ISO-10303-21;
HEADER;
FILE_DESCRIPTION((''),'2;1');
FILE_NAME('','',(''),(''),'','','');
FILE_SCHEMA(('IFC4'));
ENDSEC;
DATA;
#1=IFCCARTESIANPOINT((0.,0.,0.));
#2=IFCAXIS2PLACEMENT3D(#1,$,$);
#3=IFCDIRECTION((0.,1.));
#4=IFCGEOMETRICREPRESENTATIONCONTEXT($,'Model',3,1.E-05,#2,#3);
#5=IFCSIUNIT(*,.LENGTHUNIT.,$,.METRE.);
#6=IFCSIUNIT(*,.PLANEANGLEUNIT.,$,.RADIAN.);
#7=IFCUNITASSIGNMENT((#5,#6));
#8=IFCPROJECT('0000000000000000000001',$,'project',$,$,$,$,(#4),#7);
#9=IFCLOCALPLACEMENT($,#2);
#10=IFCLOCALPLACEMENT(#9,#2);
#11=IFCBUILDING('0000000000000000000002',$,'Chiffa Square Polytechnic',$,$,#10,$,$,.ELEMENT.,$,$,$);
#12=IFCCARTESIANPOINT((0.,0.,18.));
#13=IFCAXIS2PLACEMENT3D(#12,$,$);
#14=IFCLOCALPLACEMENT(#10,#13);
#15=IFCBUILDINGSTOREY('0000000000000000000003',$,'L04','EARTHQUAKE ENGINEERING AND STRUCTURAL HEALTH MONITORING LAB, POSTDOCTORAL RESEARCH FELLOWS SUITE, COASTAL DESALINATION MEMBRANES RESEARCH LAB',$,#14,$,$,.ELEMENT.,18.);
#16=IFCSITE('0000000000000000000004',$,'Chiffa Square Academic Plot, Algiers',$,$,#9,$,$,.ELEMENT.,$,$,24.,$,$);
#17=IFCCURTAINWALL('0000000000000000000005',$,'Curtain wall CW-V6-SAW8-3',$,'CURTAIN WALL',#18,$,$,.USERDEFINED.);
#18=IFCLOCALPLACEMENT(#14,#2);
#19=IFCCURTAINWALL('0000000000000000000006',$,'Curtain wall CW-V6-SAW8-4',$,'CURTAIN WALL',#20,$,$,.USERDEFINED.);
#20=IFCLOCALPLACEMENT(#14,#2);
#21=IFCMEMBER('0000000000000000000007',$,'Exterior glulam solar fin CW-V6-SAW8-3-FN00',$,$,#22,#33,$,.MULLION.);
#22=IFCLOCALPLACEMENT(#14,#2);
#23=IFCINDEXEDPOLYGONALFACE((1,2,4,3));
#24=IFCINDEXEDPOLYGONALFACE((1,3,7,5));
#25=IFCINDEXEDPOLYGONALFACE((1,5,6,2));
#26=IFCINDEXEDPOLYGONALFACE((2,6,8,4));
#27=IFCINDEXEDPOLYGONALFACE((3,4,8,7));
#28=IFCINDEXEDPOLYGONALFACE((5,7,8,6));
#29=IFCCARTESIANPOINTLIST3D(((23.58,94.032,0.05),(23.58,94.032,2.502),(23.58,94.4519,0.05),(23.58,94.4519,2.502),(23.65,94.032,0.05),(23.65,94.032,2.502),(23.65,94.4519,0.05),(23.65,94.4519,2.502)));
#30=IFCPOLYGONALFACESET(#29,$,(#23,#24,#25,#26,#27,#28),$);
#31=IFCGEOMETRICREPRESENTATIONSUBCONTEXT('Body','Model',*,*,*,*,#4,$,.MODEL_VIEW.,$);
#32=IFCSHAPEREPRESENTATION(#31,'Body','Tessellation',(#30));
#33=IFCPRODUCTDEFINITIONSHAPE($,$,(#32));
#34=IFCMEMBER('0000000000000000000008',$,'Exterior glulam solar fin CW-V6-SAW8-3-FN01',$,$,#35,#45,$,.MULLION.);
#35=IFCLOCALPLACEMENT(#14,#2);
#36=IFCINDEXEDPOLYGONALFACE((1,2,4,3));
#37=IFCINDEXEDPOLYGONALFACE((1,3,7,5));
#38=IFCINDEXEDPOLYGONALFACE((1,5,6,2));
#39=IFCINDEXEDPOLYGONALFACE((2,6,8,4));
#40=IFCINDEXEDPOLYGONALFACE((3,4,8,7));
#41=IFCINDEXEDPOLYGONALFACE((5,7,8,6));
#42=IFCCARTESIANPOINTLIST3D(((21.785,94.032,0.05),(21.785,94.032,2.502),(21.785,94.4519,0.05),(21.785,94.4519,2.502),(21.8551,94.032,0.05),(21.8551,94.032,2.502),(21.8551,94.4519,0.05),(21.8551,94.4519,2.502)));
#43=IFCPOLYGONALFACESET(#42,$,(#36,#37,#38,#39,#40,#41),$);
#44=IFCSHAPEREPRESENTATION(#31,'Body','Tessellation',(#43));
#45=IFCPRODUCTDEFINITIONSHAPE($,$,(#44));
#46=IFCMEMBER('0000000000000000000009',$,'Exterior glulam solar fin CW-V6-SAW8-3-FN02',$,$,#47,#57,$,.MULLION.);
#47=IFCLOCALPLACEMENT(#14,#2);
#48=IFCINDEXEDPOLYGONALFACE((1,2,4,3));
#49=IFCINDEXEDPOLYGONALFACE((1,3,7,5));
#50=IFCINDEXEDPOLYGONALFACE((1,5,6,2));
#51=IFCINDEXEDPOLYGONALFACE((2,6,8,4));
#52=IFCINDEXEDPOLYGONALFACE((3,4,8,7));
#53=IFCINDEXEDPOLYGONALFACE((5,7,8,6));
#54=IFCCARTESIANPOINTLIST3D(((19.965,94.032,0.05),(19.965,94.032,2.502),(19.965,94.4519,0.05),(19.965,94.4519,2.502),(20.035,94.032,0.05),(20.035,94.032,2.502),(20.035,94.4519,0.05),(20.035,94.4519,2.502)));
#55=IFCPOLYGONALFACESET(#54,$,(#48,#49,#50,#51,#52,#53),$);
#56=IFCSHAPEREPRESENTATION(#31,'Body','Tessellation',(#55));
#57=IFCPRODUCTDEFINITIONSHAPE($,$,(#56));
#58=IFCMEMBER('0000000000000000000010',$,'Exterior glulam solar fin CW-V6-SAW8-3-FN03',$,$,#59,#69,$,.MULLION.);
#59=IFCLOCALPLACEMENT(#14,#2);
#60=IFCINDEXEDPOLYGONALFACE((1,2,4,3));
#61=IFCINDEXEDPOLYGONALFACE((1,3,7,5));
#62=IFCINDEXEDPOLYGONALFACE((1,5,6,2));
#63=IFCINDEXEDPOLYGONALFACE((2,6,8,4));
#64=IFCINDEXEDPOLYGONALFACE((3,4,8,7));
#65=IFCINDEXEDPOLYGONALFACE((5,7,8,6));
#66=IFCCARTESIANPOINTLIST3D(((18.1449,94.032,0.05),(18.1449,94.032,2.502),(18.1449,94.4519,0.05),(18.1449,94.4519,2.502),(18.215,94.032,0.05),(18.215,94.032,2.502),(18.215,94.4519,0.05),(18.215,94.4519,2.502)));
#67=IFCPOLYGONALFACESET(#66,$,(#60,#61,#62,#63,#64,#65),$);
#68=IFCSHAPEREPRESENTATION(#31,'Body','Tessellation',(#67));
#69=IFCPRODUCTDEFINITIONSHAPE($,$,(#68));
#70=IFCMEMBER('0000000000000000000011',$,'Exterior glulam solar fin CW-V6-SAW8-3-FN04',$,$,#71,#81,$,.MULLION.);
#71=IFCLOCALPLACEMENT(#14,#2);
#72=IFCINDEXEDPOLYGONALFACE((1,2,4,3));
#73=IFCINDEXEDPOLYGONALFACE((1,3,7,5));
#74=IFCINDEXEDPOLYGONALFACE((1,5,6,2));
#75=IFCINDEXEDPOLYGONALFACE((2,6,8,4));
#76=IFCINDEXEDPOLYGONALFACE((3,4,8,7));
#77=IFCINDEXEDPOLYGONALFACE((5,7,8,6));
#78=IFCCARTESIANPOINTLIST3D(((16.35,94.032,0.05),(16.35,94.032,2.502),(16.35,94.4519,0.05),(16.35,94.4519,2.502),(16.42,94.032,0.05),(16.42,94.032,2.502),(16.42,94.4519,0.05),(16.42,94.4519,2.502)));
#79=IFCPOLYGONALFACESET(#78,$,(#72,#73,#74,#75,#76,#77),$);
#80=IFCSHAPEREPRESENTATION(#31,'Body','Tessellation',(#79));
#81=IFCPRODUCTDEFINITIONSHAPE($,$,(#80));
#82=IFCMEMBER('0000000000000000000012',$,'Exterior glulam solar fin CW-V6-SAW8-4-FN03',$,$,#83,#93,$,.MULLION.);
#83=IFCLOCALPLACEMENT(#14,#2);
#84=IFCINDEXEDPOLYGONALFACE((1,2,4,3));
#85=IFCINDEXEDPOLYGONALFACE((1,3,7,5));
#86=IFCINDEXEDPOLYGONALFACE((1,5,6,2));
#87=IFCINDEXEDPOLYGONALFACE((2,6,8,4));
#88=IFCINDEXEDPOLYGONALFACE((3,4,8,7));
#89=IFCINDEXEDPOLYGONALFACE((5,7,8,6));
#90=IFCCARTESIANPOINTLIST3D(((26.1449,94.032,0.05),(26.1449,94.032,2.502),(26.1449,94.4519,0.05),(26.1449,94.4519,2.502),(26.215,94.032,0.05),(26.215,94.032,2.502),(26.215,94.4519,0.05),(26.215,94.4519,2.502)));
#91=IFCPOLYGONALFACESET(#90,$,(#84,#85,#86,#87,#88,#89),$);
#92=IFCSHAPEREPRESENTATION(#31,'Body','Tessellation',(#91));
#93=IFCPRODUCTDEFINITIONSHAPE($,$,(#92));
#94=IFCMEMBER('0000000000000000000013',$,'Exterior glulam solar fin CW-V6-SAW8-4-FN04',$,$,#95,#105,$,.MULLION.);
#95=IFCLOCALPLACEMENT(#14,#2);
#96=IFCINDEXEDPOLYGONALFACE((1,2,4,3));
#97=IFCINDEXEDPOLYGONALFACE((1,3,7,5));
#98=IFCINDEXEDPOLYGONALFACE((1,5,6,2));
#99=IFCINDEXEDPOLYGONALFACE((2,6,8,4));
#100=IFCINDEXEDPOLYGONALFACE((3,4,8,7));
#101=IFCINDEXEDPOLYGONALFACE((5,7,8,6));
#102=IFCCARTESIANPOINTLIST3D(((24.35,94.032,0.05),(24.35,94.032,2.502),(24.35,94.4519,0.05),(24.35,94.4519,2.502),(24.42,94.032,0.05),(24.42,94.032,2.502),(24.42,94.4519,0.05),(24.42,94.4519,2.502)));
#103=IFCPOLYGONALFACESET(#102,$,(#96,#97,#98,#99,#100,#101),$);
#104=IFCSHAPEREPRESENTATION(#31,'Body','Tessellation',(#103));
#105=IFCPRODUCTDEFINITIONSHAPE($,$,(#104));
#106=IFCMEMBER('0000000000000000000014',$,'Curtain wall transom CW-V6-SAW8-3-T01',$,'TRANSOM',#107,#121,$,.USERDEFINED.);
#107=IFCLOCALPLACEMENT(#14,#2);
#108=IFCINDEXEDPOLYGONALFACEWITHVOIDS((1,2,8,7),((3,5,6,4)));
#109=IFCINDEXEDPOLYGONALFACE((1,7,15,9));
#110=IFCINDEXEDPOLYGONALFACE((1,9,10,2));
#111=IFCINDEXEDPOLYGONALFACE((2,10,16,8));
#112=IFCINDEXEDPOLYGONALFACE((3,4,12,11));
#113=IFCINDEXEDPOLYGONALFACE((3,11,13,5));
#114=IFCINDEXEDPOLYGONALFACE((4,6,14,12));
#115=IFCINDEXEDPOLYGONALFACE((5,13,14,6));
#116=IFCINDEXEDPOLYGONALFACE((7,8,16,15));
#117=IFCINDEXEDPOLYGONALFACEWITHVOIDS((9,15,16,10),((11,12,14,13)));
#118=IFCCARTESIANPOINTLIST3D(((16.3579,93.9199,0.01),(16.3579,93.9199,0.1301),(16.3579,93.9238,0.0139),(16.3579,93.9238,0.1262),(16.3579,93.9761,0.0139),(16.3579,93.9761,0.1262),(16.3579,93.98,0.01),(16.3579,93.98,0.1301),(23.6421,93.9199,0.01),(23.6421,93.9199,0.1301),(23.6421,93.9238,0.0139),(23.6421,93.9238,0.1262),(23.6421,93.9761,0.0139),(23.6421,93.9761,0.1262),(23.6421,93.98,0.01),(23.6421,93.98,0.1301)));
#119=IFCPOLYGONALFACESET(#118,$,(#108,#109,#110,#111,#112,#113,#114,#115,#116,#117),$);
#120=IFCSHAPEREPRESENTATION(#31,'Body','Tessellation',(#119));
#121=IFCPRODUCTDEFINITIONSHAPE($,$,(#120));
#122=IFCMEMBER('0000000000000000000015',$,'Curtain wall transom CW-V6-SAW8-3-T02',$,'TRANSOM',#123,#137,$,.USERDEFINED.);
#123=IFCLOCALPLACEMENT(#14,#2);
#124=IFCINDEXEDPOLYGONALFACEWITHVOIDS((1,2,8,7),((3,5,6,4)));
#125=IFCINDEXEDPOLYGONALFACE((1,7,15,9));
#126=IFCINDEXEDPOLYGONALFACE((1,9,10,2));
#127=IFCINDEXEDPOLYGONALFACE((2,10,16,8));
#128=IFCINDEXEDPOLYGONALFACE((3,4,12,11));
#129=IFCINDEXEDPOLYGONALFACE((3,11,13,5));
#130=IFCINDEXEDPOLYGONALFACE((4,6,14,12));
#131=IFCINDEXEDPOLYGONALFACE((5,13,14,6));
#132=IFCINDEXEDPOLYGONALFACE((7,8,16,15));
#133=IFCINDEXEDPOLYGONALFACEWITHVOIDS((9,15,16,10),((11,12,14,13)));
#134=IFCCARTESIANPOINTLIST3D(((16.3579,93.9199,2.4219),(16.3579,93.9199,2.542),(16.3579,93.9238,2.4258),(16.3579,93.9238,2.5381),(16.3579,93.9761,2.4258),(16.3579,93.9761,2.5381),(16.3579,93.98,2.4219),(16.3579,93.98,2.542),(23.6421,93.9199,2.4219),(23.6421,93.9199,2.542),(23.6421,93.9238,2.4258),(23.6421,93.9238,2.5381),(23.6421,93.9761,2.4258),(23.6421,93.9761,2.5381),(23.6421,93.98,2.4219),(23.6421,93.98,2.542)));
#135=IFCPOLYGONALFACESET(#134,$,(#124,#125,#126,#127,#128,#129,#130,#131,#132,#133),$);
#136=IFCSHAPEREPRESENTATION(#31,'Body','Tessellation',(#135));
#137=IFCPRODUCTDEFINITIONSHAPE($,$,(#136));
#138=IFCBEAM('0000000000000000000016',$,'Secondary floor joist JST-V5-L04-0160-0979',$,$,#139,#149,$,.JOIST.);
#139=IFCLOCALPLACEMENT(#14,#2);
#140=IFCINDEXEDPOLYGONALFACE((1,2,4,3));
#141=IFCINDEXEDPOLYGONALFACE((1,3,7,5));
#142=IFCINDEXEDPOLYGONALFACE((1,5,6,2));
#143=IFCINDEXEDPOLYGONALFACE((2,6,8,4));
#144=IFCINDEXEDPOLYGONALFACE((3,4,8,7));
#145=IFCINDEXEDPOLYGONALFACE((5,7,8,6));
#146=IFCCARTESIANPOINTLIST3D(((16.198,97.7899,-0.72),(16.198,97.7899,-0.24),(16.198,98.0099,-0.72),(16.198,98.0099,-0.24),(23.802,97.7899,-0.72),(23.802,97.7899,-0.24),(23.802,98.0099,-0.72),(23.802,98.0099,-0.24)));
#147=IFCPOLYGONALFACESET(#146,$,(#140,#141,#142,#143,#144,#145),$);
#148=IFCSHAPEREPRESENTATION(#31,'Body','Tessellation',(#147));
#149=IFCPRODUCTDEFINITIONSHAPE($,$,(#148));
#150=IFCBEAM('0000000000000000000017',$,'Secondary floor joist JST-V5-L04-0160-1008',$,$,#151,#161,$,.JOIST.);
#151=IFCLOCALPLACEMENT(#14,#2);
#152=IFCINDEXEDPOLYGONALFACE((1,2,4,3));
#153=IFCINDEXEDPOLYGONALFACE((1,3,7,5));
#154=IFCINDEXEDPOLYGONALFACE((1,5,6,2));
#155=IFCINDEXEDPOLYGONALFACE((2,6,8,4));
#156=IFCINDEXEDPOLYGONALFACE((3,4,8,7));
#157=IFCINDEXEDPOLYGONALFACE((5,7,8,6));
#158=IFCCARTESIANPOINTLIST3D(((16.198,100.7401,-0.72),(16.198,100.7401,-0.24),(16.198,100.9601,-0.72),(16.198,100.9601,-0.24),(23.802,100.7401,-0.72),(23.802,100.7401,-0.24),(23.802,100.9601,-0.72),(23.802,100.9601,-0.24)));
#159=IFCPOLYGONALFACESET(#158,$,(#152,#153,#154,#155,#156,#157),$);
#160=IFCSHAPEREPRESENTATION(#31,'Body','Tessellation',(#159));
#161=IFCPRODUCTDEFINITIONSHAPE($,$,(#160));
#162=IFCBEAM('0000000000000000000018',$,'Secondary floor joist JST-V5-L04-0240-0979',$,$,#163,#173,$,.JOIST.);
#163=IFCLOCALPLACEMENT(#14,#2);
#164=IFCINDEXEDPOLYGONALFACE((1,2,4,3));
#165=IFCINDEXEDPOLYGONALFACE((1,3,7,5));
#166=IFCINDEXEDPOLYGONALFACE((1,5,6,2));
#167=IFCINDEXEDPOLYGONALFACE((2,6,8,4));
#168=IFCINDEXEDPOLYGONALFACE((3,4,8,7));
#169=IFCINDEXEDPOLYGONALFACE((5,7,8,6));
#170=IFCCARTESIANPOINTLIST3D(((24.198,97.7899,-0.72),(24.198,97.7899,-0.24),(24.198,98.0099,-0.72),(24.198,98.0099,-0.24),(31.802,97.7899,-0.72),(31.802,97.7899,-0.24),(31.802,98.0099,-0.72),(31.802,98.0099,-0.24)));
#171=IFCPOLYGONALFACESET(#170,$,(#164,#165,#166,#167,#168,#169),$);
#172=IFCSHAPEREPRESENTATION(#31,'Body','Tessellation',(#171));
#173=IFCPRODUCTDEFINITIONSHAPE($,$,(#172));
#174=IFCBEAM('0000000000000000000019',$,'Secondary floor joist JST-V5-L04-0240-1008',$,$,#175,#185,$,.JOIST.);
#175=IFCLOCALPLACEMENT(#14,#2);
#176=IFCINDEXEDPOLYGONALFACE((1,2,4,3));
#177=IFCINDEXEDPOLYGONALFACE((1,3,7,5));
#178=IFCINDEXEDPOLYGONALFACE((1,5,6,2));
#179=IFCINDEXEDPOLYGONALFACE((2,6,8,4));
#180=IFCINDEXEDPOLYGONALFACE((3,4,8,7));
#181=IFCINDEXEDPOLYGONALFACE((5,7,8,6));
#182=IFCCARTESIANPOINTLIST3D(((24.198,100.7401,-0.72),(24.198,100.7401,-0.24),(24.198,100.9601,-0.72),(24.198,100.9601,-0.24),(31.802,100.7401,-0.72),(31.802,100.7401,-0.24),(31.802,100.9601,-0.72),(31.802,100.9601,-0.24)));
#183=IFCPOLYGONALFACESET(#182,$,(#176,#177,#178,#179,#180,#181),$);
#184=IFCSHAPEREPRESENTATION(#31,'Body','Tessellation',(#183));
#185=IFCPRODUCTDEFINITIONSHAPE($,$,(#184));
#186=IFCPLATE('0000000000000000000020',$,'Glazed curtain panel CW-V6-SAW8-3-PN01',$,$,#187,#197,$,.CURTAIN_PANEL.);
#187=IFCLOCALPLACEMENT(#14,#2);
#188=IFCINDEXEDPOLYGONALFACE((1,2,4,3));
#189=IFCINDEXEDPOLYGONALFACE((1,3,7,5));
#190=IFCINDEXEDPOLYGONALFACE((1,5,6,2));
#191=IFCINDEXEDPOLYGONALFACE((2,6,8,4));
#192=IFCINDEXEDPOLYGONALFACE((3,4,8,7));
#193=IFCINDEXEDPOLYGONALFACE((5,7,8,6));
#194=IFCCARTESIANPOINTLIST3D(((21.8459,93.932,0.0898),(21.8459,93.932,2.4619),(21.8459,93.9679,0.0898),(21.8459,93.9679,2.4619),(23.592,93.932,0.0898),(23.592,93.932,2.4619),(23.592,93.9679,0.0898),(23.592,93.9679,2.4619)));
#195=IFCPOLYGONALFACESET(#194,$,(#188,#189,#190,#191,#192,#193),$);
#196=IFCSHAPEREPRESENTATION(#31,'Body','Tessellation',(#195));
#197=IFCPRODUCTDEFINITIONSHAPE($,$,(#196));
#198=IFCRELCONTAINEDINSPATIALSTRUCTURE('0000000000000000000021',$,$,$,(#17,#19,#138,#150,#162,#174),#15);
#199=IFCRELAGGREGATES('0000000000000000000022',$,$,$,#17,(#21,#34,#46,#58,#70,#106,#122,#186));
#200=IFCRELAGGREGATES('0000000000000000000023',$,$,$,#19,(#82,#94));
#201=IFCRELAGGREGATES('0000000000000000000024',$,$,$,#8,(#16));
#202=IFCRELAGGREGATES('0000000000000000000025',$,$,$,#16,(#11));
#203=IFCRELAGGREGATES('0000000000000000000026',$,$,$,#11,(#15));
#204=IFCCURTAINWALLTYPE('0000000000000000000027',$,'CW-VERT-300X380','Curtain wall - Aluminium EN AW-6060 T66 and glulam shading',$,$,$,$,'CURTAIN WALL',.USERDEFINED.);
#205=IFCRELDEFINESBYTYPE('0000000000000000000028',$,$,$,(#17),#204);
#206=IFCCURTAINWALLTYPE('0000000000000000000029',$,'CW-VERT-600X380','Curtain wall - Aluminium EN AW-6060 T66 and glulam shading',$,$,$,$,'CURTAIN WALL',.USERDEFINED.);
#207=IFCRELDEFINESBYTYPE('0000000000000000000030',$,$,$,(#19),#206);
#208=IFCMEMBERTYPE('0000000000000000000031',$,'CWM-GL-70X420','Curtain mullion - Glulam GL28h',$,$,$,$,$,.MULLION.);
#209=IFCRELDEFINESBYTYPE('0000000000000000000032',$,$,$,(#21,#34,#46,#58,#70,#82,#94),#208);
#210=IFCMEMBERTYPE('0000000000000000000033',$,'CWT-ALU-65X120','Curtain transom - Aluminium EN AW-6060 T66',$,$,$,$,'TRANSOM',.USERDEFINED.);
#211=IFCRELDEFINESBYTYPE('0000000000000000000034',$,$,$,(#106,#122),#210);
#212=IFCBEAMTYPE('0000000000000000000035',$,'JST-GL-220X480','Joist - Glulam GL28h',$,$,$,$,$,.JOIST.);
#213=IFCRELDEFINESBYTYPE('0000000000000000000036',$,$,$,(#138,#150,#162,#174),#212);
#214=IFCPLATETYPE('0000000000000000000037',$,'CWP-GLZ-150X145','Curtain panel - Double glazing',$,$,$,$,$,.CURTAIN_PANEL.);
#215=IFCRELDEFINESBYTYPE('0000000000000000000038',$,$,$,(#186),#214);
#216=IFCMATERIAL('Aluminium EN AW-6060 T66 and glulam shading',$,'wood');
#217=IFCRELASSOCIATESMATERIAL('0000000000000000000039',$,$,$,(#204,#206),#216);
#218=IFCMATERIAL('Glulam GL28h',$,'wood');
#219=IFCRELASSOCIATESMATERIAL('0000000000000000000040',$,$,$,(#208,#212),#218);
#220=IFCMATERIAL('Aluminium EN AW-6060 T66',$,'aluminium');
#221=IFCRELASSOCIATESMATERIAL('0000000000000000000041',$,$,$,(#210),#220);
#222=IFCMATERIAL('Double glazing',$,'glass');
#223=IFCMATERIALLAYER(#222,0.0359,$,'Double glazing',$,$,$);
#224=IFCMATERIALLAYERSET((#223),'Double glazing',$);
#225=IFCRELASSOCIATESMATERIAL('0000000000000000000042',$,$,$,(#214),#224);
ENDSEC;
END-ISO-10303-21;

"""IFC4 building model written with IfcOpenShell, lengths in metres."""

from ifc_helpers import new_model, si_unit, direction, frame, origin, origin_2d, place, context, subcontext, project, spatial, rectangle, hollow_rectangle, extrude, material, layer, layer_set, material_profile, profile_set, type_object, element, aggregate, save


model = new_model("IFC4")

# Units and contexts
model_context = context("Model", 3, precision=1e-05, world=origin(), true_north=direction((0.0, 1.0)))
body_context = subcontext(model_context, "Body", "Model", "MODEL_VIEW")
ifc_project = project(units=[si_unit("LENGTHUNIT", "METRE"), si_unit("PLANEANGLEUNIT", "RADIAN")], contexts=[model_context])

# Site, building, storey
site_placement = place(None, origin())
site = spatial("IfcSite", under=ifc_project, at=site_placement, Name="Chiffa Square Academic Plot, Algiers", CompositionType="ELEMENT", RefElevation=24.0)
building_placement = place(site_placement, origin())
building = spatial("IfcBuilding", under=site, at=building_placement, Name="Chiffa Square Polytechnic", CompositionType="ELEMENT")
storey_placement = place(building_placement, frame((0.0, 0.0, 18.0)))
storey = spatial("IfcBuildingStorey", under=building, at=storey_placement, Name="L04", Description="EARTHQUAKE ENGINEERING AND STRUCTURAL HEALTH MONITORING LAB, POSTDOCTORAL RESEARCH FELLOWS SUITE, COASTAL DESALINATION MEMBRANES RESEARCH LAB", CompositionType="ELEMENT", Elevation=18.0)

# Curtain walls
ifc_material_1 = material(Name="Aluminium EN AW-6060 T66 and glulam shading", Category="wood")
curtain_wall_type_1 = type_object("IfcCurtainWallType", Name="CW-VERT-300X380", Description="Curtain wall - Aluminium EN AW-6060 T66 and glulam shading", ElementType="CURTAIN WALL", PredefinedType="USERDEFINED", material=ifc_material_1)
curtain_wall_1_placement = place(storey_placement, origin())
curtain_wall_1 = element("IfcCurtainWall", 1, at=curtain_wall_1_placement, inside=storey, type_object=curtain_wall_type_1, Name="Curtain wall CW-V6-SAW8-3", ObjectType="CURTAIN WALL", PredefinedType="USERDEFINED")
ifc_material_2 = material(Name="Aluminium EN AW-6060 T66", Category="aluminium")
curtain_wall_type_2 = type_object("IfcCurtainWallType", Name="CW-VERT-600X380", Description="Curtain wall - Aluminium EN AW-6060 T66 and glulam shading", ElementType="CURTAIN WALL", PredefinedType="USERDEFINED", material=ifc_material_1)
curtain_wall_2_placement = place(storey_placement, origin())
curtain_wall_2 = element("IfcCurtainWall", 2, at=curtain_wall_2_placement, inside=storey, type_object=curtain_wall_type_2, Name="Curtain wall CW-V6-SAW8-4", ObjectType="CURTAIN WALL", PredefinedType="USERDEFINED")

# Members
ifc_material_3 = material(Name="Glulam GL28h", Category="wood")
ifc_material_profile_1 = material_profile(ifc_material_3, rectangle(XDim=0.0701, YDim=0.4199, at=origin_2d()), Name="GL28h 70x420")
ifc_profile_set_1 = profile_set([ifc_material_profile_1], Name="Glulam GL28h")
member_type_1 = type_object("IfcMemberType", Name="CWM-GL-70X420", Description="Curtain mullion - Glulam GL28h", PredefinedType="MULLION", material=ifc_profile_set_1)
member_1_placement = place(storey_placement, frame((23.615, 94.2419, 0.05), z_axis=(0.0, 0.0, 1.0), x_axis=(-1.0, 0.0, 0.0)))
member_1 = element("IfcMember", 3, at=member_1_placement, type_object=member_type_1, Name="Exterior glulam solar fin CW-V6-SAW8-3-FN00", PredefinedType="MULLION", context=body_context, shape_type="SweptSolid", body=[
    extrude(rectangle(XDim=0.0701, YDim=0.4199, at=origin_2d()), origin(), (0.0, 0.0, 1.0), 2.4519),
])
member_2_placement = place(storey_placement, frame((21.8201, 94.2419, 0.05), z_axis=(0.0, 0.0, 1.0), x_axis=(-1.0, 0.0, 0.0)))
member_2 = element("IfcMember", 4, at=member_2_placement, type_object=member_type_1, Name="Exterior glulam solar fin CW-V6-SAW8-3-FN01", PredefinedType="MULLION", context=body_context, shape_type="SweptSolid", body=[
    extrude(rectangle(XDim=0.0701, YDim=0.4199, at=origin_2d()), origin(), (0.0, 0.0, 1.0), 2.4519),
])
member_3_placement = place(storey_placement, frame((20.0, 94.2419, 0.05), z_axis=(0.0, 0.0, 1.0), x_axis=(-1.0, 0.0, 0.0)))
member_3 = element("IfcMember", 5, at=member_3_placement, type_object=member_type_1, Name="Exterior glulam solar fin CW-V6-SAW8-3-FN02", PredefinedType="MULLION", context=body_context, shape_type="SweptSolid", body=[
    extrude(rectangle(XDim=0.0701, YDim=0.4199, at=origin_2d()), origin(), (0.0, 0.0, 1.0), 2.4519),
])
member_4_placement = place(storey_placement, frame((18.1799, 94.2419, 0.05), z_axis=(0.0, 0.0, 1.0), x_axis=(-1.0, 0.0, 0.0)))
member_4 = element("IfcMember", 6, at=member_4_placement, type_object=member_type_1, Name="Exterior glulam solar fin CW-V6-SAW8-3-FN03", PredefinedType="MULLION", context=body_context, shape_type="SweptSolid", body=[
    extrude(rectangle(XDim=0.0701, YDim=0.4199, at=origin_2d()), origin(), (0.0, 0.0, 1.0), 2.4519),
])
member_5_placement = place(storey_placement, frame((16.385, 94.2419, 0.05), z_axis=(0.0, 0.0, 1.0), x_axis=(-1.0, 0.0, 0.0)))
member_5 = element("IfcMember", 7, at=member_5_placement, type_object=member_type_1, Name="Exterior glulam solar fin CW-V6-SAW8-3-FN04", PredefinedType="MULLION", context=body_context, shape_type="SweptSolid", body=[
    extrude(rectangle(XDim=0.0701, YDim=0.4199, at=origin_2d()), origin(), (0.0, 0.0, 1.0), 2.4519),
])
member_6_placement = place(storey_placement, frame((26.1799, 94.2419, 0.05), z_axis=(0.0, 0.0, 1.0), x_axis=(-1.0, 0.0, 0.0)))
member_6 = element("IfcMember", 8, at=member_6_placement, type_object=member_type_1, Name="Exterior glulam solar fin CW-V6-SAW8-4-FN03", PredefinedType="MULLION", context=body_context, shape_type="SweptSolid", body=[
    extrude(rectangle(XDim=0.0701, YDim=0.4199, at=origin_2d()), origin(), (0.0, 0.0, 1.0), 2.4519),
])
member_7_placement = place(storey_placement, frame((24.385, 94.2419, 0.05), z_axis=(0.0, 0.0, 1.0), x_axis=(-1.0, 0.0, 0.0)))
member_7 = element("IfcMember", 9, at=member_7_placement, type_object=member_type_1, Name="Exterior glulam solar fin CW-V6-SAW8-4-FN04", PredefinedType="MULLION", context=body_context, shape_type="SweptSolid", body=[
    extrude(rectangle(XDim=0.0701, YDim=0.4199, at=origin_2d()), origin(), (0.0, 0.0, 1.0), 2.4519),
])
ifc_material_profile_2 = material_profile(ifc_material_2, hollow_rectangle(XDim=0.0601, YDim=0.1201, WallThickness=0.0039, at=origin_2d()), Name="ALU 60x120x4")
ifc_profile_set_2 = profile_set([ifc_material_profile_2], Name="Aluminium EN AW-6060 T66")
member_type_2 = type_object("IfcMemberType", Name="CWT-ALU-65X120", Description="Curtain transom - Aluminium EN AW-6060 T66", ElementType="TRANSOM", PredefinedType="USERDEFINED", material=ifc_profile_set_2)
member_8_placement = place(storey_placement, frame((23.6421, 93.95, 0.0701), z_axis=(-1.0, 0.0, 0.0), x_axis=(0.0, -1.0, 0.0)))
member_8 = element("IfcMember", 10, at=member_8_placement, type_object=member_type_2, Name="Curtain wall transom CW-V6-SAW8-3-T01", ObjectType="TRANSOM", PredefinedType="USERDEFINED", context=body_context, shape_type="SweptSolid", body=[
    extrude(hollow_rectangle(XDim=0.0601, YDim=0.1201, WallThickness=0.0039, at=origin_2d()), origin(), (0.0, 0.0, 1.0), 7.2842),
])
member_9_placement = place(storey_placement, frame((23.6421, 93.95, 2.4819), z_axis=(-1.0, 0.0, 0.0), x_axis=(0.0, -1.0, 0.0)))
member_9 = element("IfcMember", 11, at=member_9_placement, type_object=member_type_2, Name="Curtain wall transom CW-V6-SAW8-3-T02", ObjectType="TRANSOM", PredefinedType="USERDEFINED", context=body_context, shape_type="SweptSolid", body=[
    extrude(hollow_rectangle(XDim=0.0601, YDim=0.1201, WallThickness=0.0039, at=origin_2d()), origin(), (0.0, 0.0, 1.0), 7.2842),
])

# Beams
ifc_material_profile_3 = material_profile(ifc_material_3, rectangle(XDim=0.22, YDim=0.48, at=origin_2d()), Name="GL28h 220x480")
ifc_profile_set_3 = profile_set([ifc_material_profile_3], Name="Glulam GL28h")
beam_type_1 = type_object("IfcBeamType", Name="JST-GL-220X480", Description="Joist - Glulam GL28h", PredefinedType="JOIST", material=ifc_profile_set_3)
for number, where, z_axis, x_axis, name in (
    (12, (16.198, 97.8999, -0.48), (1.0, 0.0, 0.0), (0.0, 1.0, 0.0), "Secondary floor joist JST-V5-L04-0160-0979"),
    (13, (16.198, 100.8501, -0.48), (1.0, 0.0, 0.0), (0.0, 1.0, 0.0), "Secondary floor joist JST-V5-L04-0160-1008"),
    (14, (24.198, 97.8999, -0.48), (1.0, 0.0, 0.0), (0.0, 1.0, 0.0), "Secondary floor joist JST-V5-L04-0240-0979"),
    (15, (24.198, 100.8501, -0.48), (1.0, 0.0, 0.0), (0.0, 1.0, 0.0), "Secondary floor joist JST-V5-L04-0240-1008"),
):
    element("IfcBeam", number, at=place(storey_placement, frame(where, z_axis=z_axis, x_axis=x_axis)), inside=storey, type_object=beam_type_1, Name=name, PredefinedType="JOIST", context=body_context, shape_type="SweptSolid", body=[
        extrude(rectangle(XDim=0.22, YDim=0.48, at=origin_2d()), origin(), (0.0, 0.0, 1.0), 7.604),
    ])

# Plate
ifc_material_4 = material(Name="Double glazing", Category="glass")
ifc_layer_1 = layer(ifc_material_4, 0.0359, Name="Double glazing")
ifc_layer_set_1 = layer_set([ifc_layer_1], Name="Double glazing")
plate_type = type_object("IfcPlateType", Name="CWP-GLZ-150X145", Description="Curtain panel - Double glazing", PredefinedType="CURTAIN_PANEL", material=ifc_layer_set_1)
plate_1_placement = place(storey_placement, frame((22.719, 93.95, 0.0898), z_axis=(0.0, 0.0, 1.0), x_axis=(-1.0, 0.0, 0.0)))
plate_1 = element("IfcPlate", 16, at=plate_1_placement, type_object=plate_type, Name="Glazed curtain panel CW-V6-SAW8-3-PN01", PredefinedType="CURTAIN_PANEL", context=body_context, shape_type="SweptSolid", body=[
    extrude(rectangle(XDim=1.7461, YDim=0.0359, at=origin_2d()), origin(), (0.0, 0.0, 1.0), 2.3721),
])
aggregate(curtain_wall_1, [member_1, member_2, member_3, member_4, member_5, member_8, member_9, plate_1])
aggregate(curtain_wall_2, [member_6, member_7])

save(model, "model.ifc")
